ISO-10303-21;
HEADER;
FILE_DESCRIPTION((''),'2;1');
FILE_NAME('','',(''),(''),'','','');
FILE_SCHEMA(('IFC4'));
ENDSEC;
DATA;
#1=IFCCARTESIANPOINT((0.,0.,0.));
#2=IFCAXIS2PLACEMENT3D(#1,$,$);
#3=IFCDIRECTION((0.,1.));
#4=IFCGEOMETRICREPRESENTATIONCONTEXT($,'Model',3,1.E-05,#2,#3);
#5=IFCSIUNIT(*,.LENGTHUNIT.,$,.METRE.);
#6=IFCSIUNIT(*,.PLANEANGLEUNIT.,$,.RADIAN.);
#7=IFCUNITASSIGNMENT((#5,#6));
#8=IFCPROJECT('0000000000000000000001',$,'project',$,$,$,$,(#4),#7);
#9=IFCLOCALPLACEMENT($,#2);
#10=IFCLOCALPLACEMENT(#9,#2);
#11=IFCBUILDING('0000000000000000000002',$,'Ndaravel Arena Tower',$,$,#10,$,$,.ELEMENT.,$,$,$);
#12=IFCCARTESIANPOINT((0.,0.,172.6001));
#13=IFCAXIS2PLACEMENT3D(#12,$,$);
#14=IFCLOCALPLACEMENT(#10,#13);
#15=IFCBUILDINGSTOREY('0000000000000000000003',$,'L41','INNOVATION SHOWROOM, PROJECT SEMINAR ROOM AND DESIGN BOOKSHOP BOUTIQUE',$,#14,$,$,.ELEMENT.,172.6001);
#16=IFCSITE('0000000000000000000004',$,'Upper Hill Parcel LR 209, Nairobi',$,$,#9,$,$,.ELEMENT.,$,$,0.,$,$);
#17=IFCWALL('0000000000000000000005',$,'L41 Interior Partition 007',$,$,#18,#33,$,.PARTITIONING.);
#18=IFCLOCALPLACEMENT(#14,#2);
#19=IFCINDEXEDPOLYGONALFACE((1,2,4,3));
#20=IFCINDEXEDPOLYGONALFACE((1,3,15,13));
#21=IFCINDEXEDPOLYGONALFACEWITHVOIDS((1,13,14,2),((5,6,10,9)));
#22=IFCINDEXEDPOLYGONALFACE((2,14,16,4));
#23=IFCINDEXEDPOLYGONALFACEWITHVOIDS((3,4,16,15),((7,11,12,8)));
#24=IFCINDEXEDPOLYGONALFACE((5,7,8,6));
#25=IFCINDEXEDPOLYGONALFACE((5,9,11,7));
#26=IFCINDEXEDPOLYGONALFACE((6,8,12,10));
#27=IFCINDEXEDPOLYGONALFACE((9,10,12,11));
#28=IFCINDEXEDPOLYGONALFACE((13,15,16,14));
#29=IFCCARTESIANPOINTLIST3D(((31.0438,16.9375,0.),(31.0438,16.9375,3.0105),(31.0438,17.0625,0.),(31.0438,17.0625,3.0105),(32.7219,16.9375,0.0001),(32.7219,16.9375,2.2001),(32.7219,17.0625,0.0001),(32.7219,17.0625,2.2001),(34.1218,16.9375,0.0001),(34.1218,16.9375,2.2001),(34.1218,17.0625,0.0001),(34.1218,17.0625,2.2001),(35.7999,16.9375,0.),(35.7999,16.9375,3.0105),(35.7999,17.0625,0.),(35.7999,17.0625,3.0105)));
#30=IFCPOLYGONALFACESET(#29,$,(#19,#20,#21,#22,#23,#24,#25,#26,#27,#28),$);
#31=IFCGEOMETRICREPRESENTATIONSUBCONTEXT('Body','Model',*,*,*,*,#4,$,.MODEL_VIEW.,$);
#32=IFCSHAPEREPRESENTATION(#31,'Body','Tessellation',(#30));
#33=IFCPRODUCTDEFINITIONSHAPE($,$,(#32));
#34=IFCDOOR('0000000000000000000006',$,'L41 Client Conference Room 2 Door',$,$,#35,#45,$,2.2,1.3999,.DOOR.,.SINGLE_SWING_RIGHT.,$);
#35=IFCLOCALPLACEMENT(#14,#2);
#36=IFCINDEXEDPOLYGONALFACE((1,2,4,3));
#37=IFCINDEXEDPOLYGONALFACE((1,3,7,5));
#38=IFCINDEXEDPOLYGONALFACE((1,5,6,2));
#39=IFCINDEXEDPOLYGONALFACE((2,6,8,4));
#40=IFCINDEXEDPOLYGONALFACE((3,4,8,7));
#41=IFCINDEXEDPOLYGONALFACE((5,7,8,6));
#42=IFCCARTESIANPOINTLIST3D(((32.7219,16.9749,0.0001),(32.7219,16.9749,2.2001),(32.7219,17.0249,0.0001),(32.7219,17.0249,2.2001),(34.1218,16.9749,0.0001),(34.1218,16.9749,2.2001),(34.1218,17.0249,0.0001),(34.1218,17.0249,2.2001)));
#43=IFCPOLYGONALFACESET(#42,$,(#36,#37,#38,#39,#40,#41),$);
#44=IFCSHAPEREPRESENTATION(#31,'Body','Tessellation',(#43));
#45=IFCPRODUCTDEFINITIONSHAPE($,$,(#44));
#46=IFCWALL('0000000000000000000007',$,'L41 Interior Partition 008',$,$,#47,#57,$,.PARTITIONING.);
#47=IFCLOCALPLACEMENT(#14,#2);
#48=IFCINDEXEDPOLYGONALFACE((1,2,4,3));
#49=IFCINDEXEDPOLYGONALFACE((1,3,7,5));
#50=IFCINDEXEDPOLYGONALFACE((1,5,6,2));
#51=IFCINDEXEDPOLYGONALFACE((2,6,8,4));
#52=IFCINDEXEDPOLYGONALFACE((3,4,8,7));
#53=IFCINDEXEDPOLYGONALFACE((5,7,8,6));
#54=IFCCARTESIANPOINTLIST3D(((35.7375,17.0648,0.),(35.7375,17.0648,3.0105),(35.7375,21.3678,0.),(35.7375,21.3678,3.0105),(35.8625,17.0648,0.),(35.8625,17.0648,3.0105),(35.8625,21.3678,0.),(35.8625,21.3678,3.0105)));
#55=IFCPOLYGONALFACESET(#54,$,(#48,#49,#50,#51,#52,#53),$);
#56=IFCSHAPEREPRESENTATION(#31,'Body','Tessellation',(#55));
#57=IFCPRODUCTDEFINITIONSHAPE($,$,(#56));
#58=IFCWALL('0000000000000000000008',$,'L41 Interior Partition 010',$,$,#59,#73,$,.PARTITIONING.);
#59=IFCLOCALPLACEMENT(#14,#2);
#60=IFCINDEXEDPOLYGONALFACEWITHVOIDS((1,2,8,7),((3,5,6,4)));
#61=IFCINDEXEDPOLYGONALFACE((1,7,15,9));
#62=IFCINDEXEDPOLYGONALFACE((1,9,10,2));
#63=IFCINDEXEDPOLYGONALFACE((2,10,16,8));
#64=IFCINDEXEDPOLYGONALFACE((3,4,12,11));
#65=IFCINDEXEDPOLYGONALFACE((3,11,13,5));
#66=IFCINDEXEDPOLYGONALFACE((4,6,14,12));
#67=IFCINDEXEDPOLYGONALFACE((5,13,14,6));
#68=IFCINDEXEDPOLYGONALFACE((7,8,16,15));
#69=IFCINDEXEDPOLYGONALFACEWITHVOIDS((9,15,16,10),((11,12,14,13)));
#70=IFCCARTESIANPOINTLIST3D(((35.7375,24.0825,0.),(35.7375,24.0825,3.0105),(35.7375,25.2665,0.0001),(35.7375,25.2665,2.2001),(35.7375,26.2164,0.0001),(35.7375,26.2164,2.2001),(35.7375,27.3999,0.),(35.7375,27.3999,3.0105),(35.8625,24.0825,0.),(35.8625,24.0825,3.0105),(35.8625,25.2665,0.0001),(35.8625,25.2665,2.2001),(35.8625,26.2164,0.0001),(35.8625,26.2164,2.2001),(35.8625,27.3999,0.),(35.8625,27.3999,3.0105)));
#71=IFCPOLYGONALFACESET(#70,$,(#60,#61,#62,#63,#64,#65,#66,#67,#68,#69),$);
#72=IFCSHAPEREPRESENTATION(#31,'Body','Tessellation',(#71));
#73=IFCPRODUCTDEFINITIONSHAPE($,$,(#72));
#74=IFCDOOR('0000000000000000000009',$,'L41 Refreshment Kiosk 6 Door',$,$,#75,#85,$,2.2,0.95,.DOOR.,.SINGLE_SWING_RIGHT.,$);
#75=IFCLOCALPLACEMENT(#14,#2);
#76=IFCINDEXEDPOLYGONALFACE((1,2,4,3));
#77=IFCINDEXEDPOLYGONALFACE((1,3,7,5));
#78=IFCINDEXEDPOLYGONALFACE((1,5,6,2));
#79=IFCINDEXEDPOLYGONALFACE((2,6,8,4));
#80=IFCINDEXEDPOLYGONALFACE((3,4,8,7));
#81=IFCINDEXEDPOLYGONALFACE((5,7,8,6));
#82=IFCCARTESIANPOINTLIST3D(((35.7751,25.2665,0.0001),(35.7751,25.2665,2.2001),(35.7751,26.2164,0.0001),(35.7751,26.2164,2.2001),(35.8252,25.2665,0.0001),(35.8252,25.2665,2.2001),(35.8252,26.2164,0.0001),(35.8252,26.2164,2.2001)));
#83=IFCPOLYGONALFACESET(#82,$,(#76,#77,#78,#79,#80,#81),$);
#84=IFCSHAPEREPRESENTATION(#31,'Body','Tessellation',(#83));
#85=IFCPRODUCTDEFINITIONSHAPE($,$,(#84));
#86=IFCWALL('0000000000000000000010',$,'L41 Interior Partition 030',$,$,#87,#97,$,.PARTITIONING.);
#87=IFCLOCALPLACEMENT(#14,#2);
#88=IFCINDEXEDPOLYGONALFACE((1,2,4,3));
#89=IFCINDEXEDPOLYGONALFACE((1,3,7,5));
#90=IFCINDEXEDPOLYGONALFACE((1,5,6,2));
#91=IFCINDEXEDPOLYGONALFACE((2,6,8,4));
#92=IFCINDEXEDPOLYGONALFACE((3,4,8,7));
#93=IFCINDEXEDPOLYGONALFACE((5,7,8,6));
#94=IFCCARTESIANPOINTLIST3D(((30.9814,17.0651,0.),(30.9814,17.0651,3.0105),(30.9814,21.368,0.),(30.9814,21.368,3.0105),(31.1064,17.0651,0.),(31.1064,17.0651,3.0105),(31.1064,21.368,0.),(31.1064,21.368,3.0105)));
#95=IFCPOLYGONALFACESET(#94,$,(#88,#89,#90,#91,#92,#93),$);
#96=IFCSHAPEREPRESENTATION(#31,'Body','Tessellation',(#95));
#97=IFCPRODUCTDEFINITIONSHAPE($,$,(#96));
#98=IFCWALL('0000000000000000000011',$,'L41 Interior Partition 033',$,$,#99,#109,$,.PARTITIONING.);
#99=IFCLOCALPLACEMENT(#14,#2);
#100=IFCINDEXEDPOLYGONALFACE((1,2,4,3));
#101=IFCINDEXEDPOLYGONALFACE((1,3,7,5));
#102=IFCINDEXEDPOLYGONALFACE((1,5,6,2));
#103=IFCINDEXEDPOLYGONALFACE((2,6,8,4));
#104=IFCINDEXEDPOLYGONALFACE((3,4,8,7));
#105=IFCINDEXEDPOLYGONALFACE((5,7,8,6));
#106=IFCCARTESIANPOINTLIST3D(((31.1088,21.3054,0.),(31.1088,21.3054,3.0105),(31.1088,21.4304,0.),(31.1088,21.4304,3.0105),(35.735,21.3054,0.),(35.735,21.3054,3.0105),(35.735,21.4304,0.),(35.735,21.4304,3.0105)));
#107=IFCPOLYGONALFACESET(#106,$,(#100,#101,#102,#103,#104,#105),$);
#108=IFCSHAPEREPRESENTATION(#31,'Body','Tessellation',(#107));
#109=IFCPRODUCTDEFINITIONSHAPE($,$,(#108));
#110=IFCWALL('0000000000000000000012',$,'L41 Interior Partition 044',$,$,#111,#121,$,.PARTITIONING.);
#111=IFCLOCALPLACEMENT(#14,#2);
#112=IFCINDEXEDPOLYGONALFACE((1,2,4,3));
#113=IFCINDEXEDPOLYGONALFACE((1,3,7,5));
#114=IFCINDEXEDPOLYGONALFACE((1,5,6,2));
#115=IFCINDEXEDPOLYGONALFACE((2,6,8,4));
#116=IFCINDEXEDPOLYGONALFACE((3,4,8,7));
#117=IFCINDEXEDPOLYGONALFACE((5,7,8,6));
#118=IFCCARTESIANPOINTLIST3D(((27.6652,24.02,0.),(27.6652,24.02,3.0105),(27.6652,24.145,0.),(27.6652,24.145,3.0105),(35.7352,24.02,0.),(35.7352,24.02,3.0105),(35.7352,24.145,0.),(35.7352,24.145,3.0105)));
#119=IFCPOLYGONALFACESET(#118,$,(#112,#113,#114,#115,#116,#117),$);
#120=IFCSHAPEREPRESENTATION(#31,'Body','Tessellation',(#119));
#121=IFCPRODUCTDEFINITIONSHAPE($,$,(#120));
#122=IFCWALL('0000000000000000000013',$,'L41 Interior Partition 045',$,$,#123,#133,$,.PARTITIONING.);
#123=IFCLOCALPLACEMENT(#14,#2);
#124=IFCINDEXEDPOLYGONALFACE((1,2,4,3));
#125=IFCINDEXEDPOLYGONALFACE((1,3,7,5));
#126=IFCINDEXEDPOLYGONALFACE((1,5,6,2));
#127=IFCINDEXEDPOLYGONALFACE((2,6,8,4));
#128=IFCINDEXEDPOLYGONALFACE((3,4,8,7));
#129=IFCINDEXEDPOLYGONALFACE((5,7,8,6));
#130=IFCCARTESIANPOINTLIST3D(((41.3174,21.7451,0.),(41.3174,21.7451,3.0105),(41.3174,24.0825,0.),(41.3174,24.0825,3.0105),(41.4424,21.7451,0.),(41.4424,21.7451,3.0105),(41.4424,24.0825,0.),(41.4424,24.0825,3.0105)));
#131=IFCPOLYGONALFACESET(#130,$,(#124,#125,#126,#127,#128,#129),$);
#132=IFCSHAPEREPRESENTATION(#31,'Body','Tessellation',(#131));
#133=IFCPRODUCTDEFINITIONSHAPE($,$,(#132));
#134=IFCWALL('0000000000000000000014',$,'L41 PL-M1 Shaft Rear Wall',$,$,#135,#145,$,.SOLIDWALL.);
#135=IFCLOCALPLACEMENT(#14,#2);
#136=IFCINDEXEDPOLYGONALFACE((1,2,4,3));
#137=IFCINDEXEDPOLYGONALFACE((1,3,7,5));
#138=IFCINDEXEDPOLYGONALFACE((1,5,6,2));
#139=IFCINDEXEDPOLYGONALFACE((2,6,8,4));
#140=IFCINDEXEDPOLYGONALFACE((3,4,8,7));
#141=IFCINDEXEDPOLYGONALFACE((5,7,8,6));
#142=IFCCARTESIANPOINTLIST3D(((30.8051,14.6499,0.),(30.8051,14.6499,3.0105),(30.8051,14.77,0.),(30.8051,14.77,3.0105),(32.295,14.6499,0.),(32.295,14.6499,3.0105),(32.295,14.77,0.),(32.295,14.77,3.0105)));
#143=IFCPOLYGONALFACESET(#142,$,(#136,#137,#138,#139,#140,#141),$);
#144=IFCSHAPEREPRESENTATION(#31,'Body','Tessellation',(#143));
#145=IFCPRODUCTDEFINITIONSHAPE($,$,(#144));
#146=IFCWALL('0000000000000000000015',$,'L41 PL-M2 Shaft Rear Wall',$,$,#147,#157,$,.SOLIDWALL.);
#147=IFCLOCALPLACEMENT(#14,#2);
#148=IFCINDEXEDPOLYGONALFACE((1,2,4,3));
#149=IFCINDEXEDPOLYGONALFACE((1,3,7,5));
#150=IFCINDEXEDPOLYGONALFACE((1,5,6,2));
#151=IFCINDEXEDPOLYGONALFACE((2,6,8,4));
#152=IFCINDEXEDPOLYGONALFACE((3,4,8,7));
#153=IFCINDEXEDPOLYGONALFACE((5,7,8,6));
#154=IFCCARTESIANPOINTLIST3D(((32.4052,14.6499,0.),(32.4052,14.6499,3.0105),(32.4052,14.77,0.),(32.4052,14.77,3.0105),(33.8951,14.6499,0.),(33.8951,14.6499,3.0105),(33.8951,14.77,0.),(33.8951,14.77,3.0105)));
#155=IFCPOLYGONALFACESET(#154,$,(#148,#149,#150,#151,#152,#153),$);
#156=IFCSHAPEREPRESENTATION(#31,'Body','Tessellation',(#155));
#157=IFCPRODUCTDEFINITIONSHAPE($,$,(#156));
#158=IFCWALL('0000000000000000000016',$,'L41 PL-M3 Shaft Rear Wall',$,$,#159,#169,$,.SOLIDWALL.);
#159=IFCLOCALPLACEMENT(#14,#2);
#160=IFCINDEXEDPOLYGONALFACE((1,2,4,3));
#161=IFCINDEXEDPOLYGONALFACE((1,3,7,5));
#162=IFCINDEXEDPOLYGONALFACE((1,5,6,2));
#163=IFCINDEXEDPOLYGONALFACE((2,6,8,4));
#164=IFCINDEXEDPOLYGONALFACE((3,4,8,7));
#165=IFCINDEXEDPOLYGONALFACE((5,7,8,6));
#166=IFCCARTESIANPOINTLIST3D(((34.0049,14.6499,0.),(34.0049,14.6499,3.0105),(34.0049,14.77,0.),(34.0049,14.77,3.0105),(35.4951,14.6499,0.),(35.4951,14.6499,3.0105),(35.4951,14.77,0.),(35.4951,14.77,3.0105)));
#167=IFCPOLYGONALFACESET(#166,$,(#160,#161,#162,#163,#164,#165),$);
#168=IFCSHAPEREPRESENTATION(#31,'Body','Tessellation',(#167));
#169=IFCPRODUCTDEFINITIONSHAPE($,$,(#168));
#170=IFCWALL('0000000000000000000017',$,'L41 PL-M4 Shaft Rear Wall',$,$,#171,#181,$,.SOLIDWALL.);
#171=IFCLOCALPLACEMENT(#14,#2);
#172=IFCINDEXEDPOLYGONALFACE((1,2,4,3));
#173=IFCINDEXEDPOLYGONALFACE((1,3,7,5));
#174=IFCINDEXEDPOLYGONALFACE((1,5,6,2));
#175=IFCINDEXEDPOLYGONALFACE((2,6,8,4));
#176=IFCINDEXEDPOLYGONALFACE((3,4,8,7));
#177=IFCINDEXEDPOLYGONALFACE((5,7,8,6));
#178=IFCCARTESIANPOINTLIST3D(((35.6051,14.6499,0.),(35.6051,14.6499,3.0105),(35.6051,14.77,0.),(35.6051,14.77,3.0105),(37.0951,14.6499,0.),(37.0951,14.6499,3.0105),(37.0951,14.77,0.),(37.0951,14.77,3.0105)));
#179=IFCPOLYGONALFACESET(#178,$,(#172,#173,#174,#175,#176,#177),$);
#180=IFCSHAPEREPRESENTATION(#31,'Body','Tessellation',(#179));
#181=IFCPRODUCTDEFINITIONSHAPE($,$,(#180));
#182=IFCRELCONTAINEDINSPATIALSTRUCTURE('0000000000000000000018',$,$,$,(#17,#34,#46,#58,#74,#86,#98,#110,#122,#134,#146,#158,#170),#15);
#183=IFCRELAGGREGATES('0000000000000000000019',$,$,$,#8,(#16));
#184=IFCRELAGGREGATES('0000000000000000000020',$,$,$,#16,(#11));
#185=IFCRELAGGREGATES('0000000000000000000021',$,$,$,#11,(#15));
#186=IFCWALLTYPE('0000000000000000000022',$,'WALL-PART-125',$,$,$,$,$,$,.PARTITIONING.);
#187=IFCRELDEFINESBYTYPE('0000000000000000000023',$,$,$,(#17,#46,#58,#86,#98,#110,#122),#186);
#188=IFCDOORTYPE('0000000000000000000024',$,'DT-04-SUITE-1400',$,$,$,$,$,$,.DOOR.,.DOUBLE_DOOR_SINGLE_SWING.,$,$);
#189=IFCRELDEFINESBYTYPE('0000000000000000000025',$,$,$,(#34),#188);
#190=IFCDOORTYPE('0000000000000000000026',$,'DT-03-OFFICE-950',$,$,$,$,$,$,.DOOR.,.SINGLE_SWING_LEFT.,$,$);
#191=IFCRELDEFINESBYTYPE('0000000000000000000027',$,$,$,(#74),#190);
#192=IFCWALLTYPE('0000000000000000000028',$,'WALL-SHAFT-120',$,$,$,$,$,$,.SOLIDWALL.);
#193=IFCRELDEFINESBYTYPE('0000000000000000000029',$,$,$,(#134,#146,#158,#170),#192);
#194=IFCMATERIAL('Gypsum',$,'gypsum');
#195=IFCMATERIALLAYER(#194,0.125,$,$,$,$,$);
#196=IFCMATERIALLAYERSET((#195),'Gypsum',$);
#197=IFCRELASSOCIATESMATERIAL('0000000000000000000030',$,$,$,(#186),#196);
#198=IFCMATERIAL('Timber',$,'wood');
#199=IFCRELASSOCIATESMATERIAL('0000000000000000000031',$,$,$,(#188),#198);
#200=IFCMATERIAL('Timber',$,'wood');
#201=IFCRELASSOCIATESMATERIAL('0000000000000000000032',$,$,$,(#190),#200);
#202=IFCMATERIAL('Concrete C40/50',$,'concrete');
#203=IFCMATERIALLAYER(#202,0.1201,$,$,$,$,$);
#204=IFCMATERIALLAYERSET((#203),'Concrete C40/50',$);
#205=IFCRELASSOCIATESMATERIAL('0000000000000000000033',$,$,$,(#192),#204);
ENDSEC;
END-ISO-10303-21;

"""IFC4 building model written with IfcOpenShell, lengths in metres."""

from ifc_helpers import new_model, si_unit, direction, frame, frame_2d, origin, place, context, subcontext, project, spatial, rectangle, extrude, material, layer, layer_set, type_object, element, fill, save


model = new_model("IFC4")

# Units and contexts
model_context = context("Model", 3, precision=1e-05, world=origin(), true_north=direction((0.0, 1.0)))
body_context = subcontext(model_context, "Body", "Model", "MODEL_VIEW")
ifc_project = project(units=[si_unit("LENGTHUNIT", "METRE"), si_unit("PLANEANGLEUNIT", "RADIAN")], contexts=[model_context])

# Site, building, storey
site_placement = place(None, origin())
site = spatial("IfcSite", under=ifc_project, at=site_placement, Name="Upper Hill Parcel LR 209, Nairobi", CompositionType="ELEMENT", RefElevation=0.0)
building_placement = place(site_placement, origin())
building = spatial("IfcBuilding", under=site, at=building_placement, Name="Ndaravel Arena Tower", CompositionType="ELEMENT")
storey_placement = place(building_placement, frame((0.0, 0.0, 172.6001)))
storey = spatial("IfcBuildingStorey", under=building, at=storey_placement, Name="L41", Description="INNOVATION SHOWROOM, PROJECT SEMINAR ROOM AND DESIGN BOOKSHOP BOUTIQUE", CompositionType="ELEMENT", Elevation=172.6001)

# Wall, opening, door
ifc_material_1 = material(Name="Gypsum", Category="gypsum")
ifc_layer_1 = layer(ifc_material_1, 0.125)
ifc_layer_set_1 = layer_set([ifc_layer_1], Name="Gypsum")
wall_type_1 = type_object("IfcWallType", Name="WALL-PART-125", PredefinedType="PARTITIONING", material=ifc_layer_set_1)
wall_1_placement = place(storey_placement, frame((31.0439, 17.0, 0.0), z_axis=(0.0, 0.0, 1.0), x_axis=(1.0, 0.0, 0.0)))
wall_1 = element("IfcWall", 1, at=wall_1_placement, inside=storey, type_object=wall_type_1, Name="L41 Interior Partition 007", PredefinedType="PARTITIONING", context=body_context, shape_type="SweptSolid", body=[
    extrude(rectangle(XDim=4.7561, YDim=0.125, at=frame_2d((2.3779, 0.0))), origin(), (0.0, 0.0, 1.0), 3.0105),
])
opening_1_placement = place(wall_1_placement, frame((1.678, 0.0, 0.0)))
opening_1 = element("IfcOpeningElement", 2, at=opening_1_placement, cuts=wall_1, PredefinedType="OPENING", context=body_context, shape_type="SweptSolid", body=[
    extrude(rectangle(XDim=1.3999, YDim=2.2, at=frame_2d((0.7, 1.1001))), frame((0.0, 0.0625, 0.0), z_axis=(0.0, -1.0, 0.0), x_axis=(1.0, 0.0, 0.0)), (0.0, 0.0, 1.0), 0.125),
])
ifc_material_2 = material(Name="Timber", Category="wood")
door_type_1 = type_object("IfcDoorType", Name="DT-04-SUITE-1400", OperationType="DOUBLE_DOOR_SINGLE_SWING", PredefinedType="DOOR", material=ifc_material_2)
door_1_placement = place(opening_1_placement, origin())
door_1 = element("IfcDoor", 3, at=door_1_placement, inside=storey, type_object=door_type_1, Name="L41 Client Conference Room 2 Door", OperationType="SINGLE_SWING_RIGHT", OverallHeight=2.2, OverallWidth=1.3999, PredefinedType="DOOR", context=body_context, shape_type="SweptSolid", body=[
    extrude(rectangle(XDim=1.3999, YDim=2.2, at=frame_2d((0.7, 1.1001))), frame((0.0, 0.0249, 0.0), z_axis=(0.0, -1.0, 0.0), x_axis=(1.0, 0.0, 0.0)), (0.0, 0.0, 1.0), 0.05),
])
fill(opening_1, door_1)

# Wall
wall_2_placement = place(storey_placement, frame((35.8, 17.0649, 0.0), z_axis=(0.0, 0.0, 1.0), x_axis=(0.0, 1.0, 0.0)))
element("IfcWall", 4, at=wall_2_placement, inside=storey, type_object=wall_type_1, Name="L41 Interior Partition 008", PredefinedType="PARTITIONING", context=body_context, shape_type="SweptSolid", body=[
    extrude(rectangle(XDim=4.303, YDim=0.125, at=frame_2d((2.1514, 0.0))), origin(), (0.0, 0.0, 1.0), 3.0105),
])

# Wall, opening, door
wall_3_placement = place(storey_placement, frame((35.8, 24.0825, 0.0), z_axis=(0.0, 0.0, 1.0), x_axis=(0.0, 1.0, 0.0)))
wall_3 = element("IfcWall", 5, at=wall_3_placement, inside=storey, type_object=wall_type_1, Name="L41 Interior Partition 010", PredefinedType="PARTITIONING", context=body_context, shape_type="SweptSolid", body=[
    extrude(rectangle(XDim=3.3174, YDim=0.125, at=frame_2d((1.6587, 0.0))), origin(), (0.0, 0.0, 1.0), 3.0105),
])
opening_2_placement = place(wall_3_placement, frame((1.1838, 0.0, 0.0)))
opening_2 = element("IfcOpeningElement", 6, at=opening_2_placement, cuts=wall_3, PredefinedType="OPENING", context=body_context, shape_type="SweptSolid", body=[
    extrude(rectangle(XDim=0.95, YDim=2.2, at=frame_2d((0.4751, 1.1001))), frame((0.0, 0.0625, 0.0), z_axis=(0.0, -1.0, 0.0), x_axis=(1.0, 0.0, 0.0)), (0.0, 0.0, 1.0), 0.125),
])
ifc_material_3 = material(Name="Timber", Category="wood")
door_type_2 = type_object("IfcDoorType", Name="DT-03-OFFICE-950", OperationType="SINGLE_SWING_LEFT", PredefinedType="DOOR", material=ifc_material_3)
door_2_placement = place(opening_2_placement, origin())
door_2 = element("IfcDoor", 7, at=door_2_placement, inside=storey, type_object=door_type_2, Name="L41 Refreshment Kiosk 6 Door", OperationType="SINGLE_SWING_RIGHT", OverallHeight=2.2, OverallWidth=0.95, PredefinedType="DOOR", context=body_context, shape_type="SweptSolid", body=[
    extrude(rectangle(XDim=0.95, YDim=2.2, at=frame_2d((0.4751, 1.1001))), frame((0.0, 0.0249, 0.0), z_axis=(0.0, -1.0, 0.0), x_axis=(1.0, 0.0, 0.0)), (0.0, 0.0, 1.0), 0.05),
])
fill(opening_2, door_2)

# Walls
wall_4_placement = place(storey_placement, frame((31.0439, 21.3679, 0.0), z_axis=(0.0, 0.0, 1.0), x_axis=(0.0, -1.0, 0.0)))
element("IfcWall", 8, at=wall_4_placement, inside=storey, type_object=wall_type_1, Name="L41 Interior Partition 030", PredefinedType="PARTITIONING", context=body_context, shape_type="SweptSolid", body=[
    extrude(rectangle(XDim=4.303, YDim=0.125, at=frame_2d((2.1514, 0.0))), origin(), (0.0, 0.0, 1.0), 3.0105),
])
wall_5_placement = place(storey_placement, frame((31.1089, 21.3679, 0.0), z_axis=(0.0, 0.0, 1.0), x_axis=(1.0, 0.0, 0.0)))
element("IfcWall", 9, at=wall_5_placement, inside=storey, type_object=wall_type_1, Name="L41 Interior Partition 033", PredefinedType="PARTITIONING", context=body_context, shape_type="SweptSolid", body=[
    extrude(rectangle(XDim=4.6262, YDim=0.125, at=frame_2d((2.313, 0.0))), origin(), (0.0, 0.0, 1.0), 3.0105),
])
wall_6_placement = place(storey_placement, frame((27.665, 24.0825, 0.0), z_axis=(0.0, 0.0, 1.0), x_axis=(1.0, 0.0, 0.0)))
element("IfcWall", 10, at=wall_6_placement, inside=storey, type_object=wall_type_1, Name="L41 Interior Partition 044", PredefinedType="PARTITIONING", context=body_context, shape_type="SweptSolid", body=[
    extrude(rectangle(XDim=8.0701, YDim=0.125, at=frame_2d((4.0352, 0.0))), origin(), (0.0, 0.0, 1.0), 3.0105),
])
wall_7_placement = place(storey_placement, frame((41.3799, 21.7451, 0.0), z_axis=(0.0, 0.0, 1.0), x_axis=(0.0, 1.0, 0.0)))
element("IfcWall", 11, at=wall_7_placement, inside=storey, type_object=wall_type_1, Name="L41 Interior Partition 045", PredefinedType="PARTITIONING", context=body_context, shape_type="SweptSolid", body=[
    extrude(rectangle(XDim=2.3374, YDim=0.125, at=frame_2d((1.1687, 0.0))), origin(), (0.0, 0.0, 1.0), 3.0105),
])
ifc_material_4 = material(Name="Concrete C40/50", Category="concrete")
ifc_layer_2 = layer(ifc_material_4, 0.1201)
ifc_layer_set_2 = layer_set([ifc_layer_2], Name="Concrete C40/50")
wall_type_2 = type_object("IfcWallType", Name="WALL-SHAFT-120", PredefinedType="SOLIDWALL", material=ifc_layer_set_2)
for number, where, z_axis, x_axis, name in (
    (12, (30.8049, 14.71, 0.0), (0.0, 0.0, 1.0), (1.0, 0.0, 0.0), "L41 PL-M1 Shaft Rear Wall"),
    (13, (32.405, 14.71, 0.0), (0.0, 0.0, 1.0), (1.0, 0.0, 0.0), "L41 PL-M2 Shaft Rear Wall"),
):
    element("IfcWall", number, at=place(storey_placement, frame(where, z_axis=z_axis, x_axis=x_axis)), inside=storey, type_object=wall_type_2, Name=name, PredefinedType="SOLIDWALL", context=body_context, shape_type="SweptSolid", body=[
        extrude(rectangle(XDim=1.49, YDim=0.1201, at=frame_2d((0.7451, 0.0))), origin(), (0.0, 0.0, 1.0), 3.0105),
    ])
wall_8_placement = place(storey_placement, frame((34.0049, 14.71, 0.0), z_axis=(0.0, 0.0, 1.0), x_axis=(1.0, 0.0, 0.0)))
element("IfcWall", 14, at=wall_8_placement, inside=storey, type_object=wall_type_2, Name="L41 PL-M3 Shaft Rear Wall", PredefinedType="SOLIDWALL", context=body_context, shape_type="SweptSolid", body=[
    extrude(rectangle(XDim=1.4902, YDim=0.1201, at=frame_2d((0.7451, 0.0))), origin(), (0.0, 0.0, 1.0), 3.0105),
])
wall_9_placement = place(storey_placement, frame((35.605, 14.71, 0.0), z_axis=(0.0, 0.0, 1.0), x_axis=(1.0, 0.0, 0.0)))
element("IfcWall", 15, at=wall_9_placement, inside=storey, type_object=wall_type_2, Name="L41 PL-M4 Shaft Rear Wall", PredefinedType="SOLIDWALL", context=body_context, shape_type="SweptSolid", body=[
    extrude(rectangle(XDim=1.49, YDim=0.1201, at=frame_2d((0.7451, 0.0))), origin(), (0.0, 0.0, 1.0), 3.0105),
])

save(model, "model.ifc")
